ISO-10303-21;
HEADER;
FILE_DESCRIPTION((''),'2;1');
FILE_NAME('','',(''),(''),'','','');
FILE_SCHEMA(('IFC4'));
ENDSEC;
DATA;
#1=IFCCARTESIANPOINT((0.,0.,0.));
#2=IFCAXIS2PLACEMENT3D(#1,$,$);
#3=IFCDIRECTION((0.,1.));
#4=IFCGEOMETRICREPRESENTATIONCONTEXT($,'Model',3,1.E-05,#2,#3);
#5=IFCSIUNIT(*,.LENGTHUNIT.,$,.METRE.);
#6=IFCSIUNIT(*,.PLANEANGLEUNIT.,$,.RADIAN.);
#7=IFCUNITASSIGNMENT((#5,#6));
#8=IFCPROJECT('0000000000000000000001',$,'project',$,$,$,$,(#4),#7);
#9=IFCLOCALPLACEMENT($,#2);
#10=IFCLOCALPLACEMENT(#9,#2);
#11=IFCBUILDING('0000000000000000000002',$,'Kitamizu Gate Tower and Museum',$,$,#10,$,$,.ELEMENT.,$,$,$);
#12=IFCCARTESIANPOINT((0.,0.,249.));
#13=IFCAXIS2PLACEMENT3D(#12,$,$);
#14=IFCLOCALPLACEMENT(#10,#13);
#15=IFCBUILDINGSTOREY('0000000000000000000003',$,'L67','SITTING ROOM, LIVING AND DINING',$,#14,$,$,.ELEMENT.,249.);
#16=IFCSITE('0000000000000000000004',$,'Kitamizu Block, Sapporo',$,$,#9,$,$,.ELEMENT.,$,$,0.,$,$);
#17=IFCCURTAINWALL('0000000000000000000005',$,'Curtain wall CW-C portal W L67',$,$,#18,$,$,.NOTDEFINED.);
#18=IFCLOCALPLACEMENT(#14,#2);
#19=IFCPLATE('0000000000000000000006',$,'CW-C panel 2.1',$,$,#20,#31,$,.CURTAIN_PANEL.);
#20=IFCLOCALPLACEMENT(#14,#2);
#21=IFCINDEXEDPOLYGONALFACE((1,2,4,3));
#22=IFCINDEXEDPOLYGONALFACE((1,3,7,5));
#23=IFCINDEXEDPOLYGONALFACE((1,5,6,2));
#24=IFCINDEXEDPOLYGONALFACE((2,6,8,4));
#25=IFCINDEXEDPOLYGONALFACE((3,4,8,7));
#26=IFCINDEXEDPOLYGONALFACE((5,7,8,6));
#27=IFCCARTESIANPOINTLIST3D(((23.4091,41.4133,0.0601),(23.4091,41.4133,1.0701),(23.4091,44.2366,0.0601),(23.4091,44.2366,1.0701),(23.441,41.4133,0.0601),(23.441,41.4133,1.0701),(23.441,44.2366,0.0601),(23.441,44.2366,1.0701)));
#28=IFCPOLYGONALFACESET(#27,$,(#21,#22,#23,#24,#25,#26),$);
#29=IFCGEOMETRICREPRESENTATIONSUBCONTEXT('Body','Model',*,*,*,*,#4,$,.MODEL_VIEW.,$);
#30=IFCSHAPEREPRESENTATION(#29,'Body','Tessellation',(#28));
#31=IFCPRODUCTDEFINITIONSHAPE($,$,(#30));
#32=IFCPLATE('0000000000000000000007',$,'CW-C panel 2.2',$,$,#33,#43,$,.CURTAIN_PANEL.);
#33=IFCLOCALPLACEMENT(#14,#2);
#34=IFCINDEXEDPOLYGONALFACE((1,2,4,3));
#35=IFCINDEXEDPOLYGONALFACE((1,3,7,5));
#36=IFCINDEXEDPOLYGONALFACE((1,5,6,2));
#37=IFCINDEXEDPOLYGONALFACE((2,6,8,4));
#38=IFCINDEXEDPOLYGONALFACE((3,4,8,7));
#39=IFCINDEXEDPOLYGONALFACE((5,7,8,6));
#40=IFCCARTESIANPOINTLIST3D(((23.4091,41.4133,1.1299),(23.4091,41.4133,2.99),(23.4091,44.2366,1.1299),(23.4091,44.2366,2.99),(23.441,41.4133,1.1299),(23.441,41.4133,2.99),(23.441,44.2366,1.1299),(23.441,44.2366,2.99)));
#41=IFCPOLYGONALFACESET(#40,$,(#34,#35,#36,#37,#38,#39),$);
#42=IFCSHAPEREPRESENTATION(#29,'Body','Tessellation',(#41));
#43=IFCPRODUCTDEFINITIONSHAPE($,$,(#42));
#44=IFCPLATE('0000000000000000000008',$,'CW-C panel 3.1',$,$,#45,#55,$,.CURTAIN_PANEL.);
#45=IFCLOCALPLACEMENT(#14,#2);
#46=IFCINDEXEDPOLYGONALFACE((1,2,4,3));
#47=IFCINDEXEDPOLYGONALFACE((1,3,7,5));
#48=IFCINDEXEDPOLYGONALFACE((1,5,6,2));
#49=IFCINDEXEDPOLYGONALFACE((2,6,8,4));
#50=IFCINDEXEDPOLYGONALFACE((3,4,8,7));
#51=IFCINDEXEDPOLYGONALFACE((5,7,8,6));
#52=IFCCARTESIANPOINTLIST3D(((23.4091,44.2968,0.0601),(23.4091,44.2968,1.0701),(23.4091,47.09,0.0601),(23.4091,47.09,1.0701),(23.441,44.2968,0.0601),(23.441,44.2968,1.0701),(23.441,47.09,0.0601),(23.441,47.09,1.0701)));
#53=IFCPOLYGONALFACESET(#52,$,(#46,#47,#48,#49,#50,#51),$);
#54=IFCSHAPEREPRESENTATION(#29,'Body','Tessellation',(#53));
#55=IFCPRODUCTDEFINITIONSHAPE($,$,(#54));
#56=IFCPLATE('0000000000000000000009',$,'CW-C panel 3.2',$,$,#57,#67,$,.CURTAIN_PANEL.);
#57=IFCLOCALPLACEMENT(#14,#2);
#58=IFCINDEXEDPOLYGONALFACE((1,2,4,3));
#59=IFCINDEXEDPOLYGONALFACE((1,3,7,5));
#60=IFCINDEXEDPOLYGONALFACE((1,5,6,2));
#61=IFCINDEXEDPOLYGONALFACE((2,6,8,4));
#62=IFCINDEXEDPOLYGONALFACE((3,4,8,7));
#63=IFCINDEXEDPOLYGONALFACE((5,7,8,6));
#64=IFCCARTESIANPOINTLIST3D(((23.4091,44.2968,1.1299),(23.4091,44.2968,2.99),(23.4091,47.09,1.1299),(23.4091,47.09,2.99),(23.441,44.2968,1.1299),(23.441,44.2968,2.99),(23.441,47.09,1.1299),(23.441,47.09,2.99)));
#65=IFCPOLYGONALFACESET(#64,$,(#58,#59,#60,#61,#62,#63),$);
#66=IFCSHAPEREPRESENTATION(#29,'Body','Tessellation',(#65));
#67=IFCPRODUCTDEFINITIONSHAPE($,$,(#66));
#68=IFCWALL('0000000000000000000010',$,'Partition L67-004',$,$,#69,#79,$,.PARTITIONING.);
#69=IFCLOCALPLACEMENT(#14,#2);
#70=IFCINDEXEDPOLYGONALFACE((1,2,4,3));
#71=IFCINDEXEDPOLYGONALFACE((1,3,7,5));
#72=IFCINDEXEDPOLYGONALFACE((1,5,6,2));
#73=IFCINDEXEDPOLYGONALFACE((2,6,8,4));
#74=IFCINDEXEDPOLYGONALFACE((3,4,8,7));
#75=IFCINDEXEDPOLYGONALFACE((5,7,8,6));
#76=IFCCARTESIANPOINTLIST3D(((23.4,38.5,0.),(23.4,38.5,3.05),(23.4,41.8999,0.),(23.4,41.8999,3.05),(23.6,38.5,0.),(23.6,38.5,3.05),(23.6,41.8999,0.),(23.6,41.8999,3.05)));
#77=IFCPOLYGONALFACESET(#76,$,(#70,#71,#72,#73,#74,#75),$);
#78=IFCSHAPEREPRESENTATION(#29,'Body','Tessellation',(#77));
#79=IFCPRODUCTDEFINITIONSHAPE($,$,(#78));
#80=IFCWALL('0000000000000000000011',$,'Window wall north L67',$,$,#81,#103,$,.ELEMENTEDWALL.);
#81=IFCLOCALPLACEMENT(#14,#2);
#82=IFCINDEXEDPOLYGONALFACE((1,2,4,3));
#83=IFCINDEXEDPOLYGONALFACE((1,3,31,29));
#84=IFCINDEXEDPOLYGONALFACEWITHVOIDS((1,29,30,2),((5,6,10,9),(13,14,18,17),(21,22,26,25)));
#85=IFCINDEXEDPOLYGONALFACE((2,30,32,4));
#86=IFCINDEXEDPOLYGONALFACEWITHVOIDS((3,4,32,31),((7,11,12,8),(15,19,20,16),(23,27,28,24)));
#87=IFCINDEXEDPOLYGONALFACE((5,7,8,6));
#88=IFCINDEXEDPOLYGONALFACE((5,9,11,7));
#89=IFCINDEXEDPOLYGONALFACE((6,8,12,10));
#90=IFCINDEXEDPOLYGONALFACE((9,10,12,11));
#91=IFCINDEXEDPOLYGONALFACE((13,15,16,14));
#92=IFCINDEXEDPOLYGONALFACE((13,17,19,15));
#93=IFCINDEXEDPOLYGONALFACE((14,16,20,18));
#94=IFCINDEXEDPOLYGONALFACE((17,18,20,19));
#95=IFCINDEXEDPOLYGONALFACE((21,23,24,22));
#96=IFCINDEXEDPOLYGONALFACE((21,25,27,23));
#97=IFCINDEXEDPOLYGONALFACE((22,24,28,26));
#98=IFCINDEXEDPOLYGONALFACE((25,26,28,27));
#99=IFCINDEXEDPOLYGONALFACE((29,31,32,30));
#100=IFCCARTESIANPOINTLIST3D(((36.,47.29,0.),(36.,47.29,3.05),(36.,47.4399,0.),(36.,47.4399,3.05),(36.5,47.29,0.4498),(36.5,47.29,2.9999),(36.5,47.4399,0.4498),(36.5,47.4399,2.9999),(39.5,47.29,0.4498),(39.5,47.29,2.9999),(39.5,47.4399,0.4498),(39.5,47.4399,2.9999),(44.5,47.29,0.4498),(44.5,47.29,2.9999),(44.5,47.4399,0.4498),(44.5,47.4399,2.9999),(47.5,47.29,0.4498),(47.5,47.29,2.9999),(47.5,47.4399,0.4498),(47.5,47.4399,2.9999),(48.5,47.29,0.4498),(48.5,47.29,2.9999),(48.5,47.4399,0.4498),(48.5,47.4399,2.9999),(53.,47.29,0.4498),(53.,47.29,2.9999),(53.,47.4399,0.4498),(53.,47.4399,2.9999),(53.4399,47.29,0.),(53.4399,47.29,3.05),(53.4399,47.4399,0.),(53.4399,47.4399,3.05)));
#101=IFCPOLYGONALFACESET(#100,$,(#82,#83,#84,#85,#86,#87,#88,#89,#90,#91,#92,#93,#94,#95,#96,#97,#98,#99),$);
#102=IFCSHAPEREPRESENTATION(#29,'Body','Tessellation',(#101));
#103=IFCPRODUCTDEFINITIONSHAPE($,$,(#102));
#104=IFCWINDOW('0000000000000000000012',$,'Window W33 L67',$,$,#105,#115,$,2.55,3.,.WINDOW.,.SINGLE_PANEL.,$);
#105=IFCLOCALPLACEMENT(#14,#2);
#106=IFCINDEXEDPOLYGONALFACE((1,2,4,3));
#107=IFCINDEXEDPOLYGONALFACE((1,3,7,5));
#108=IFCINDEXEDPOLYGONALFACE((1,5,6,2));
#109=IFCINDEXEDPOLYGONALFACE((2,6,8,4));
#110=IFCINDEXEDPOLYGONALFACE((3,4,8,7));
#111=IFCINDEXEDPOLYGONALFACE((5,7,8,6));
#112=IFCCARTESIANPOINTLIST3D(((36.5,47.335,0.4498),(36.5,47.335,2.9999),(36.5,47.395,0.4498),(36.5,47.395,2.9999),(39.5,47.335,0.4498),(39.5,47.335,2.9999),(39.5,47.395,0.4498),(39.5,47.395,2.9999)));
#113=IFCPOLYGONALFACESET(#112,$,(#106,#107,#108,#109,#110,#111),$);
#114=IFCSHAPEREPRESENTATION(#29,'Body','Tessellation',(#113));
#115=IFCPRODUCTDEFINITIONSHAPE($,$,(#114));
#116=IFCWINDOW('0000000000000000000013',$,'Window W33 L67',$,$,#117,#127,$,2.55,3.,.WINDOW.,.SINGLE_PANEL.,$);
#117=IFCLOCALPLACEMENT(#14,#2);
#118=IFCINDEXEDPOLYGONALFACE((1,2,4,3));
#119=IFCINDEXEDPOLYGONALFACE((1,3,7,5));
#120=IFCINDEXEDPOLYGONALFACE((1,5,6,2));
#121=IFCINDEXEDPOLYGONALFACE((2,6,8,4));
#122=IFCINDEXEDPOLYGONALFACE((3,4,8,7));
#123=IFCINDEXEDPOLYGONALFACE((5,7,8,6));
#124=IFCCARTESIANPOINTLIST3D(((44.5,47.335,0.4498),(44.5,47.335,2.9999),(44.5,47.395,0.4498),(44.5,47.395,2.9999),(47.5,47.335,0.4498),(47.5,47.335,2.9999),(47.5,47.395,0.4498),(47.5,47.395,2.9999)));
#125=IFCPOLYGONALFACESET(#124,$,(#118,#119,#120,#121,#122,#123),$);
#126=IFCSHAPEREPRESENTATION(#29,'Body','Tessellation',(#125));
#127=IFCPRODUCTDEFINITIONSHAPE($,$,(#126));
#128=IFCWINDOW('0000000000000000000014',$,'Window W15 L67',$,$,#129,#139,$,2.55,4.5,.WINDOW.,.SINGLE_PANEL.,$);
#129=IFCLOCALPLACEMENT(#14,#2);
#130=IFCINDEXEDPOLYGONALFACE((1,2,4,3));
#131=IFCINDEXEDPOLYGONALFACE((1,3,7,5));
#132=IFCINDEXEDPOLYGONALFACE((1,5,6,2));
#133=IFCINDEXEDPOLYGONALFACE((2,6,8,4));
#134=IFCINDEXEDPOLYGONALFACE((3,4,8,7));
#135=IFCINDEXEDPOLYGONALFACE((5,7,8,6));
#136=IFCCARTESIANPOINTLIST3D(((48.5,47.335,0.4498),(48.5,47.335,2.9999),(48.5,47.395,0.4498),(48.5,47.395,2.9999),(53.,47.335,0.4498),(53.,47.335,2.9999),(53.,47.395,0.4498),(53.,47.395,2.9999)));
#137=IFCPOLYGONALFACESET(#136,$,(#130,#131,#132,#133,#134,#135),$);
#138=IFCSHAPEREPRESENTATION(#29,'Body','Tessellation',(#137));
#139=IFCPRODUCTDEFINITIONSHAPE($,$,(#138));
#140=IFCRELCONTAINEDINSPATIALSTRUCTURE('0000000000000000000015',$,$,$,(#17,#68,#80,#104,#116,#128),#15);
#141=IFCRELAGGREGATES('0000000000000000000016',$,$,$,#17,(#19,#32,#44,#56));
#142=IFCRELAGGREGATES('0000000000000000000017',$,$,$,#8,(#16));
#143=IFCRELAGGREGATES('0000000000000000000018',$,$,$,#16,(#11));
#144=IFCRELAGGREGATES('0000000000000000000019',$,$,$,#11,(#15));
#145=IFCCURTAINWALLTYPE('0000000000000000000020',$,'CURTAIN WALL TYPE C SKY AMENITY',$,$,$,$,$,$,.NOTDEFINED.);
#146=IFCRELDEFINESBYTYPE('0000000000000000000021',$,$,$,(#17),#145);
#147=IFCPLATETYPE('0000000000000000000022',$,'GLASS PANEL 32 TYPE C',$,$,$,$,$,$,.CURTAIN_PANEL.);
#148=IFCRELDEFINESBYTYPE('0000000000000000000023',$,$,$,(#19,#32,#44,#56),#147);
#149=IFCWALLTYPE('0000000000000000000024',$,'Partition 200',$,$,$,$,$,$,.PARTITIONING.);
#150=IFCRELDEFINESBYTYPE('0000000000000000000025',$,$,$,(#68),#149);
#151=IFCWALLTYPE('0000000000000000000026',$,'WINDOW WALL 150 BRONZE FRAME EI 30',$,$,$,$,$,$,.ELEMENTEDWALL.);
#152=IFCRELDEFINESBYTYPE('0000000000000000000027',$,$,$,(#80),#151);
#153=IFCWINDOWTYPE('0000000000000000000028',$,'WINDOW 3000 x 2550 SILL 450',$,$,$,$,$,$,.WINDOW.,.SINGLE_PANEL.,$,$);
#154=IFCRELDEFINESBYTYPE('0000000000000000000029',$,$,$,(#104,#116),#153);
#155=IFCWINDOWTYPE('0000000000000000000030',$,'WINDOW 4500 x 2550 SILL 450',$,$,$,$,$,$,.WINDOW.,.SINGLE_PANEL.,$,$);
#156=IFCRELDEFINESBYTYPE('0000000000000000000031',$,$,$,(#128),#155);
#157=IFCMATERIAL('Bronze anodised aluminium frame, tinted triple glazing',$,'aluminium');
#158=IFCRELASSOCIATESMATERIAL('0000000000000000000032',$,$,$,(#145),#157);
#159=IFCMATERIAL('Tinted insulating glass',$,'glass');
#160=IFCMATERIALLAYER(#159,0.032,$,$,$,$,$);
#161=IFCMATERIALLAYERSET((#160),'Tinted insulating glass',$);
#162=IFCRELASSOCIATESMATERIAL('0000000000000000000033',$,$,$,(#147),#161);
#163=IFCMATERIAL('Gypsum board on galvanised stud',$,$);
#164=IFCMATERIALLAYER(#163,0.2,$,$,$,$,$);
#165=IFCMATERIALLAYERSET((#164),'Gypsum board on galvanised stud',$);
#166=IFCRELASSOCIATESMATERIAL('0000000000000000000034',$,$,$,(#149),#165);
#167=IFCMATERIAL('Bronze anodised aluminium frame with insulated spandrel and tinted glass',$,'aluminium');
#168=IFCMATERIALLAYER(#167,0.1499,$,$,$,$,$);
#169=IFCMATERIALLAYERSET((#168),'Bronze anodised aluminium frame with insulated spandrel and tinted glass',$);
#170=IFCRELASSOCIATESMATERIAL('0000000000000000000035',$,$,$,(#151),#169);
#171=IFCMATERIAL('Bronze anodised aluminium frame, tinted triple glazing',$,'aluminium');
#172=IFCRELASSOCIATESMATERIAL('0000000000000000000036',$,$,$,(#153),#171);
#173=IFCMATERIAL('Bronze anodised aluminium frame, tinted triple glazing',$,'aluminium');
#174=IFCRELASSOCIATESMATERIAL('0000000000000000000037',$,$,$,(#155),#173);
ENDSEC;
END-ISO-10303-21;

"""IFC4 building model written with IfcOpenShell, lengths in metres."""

from ifc_helpers import new_model, si_unit, direction, frame, frame_2d, origin, origin_2d, place, context, subcontext, project, spatial, rectangle, extrude, material, layer, layer_set, type_object, element, fill, aggregate, save


model = new_model("IFC4")

# Units and contexts
model_context = context("Model", 3, precision=1e-05, world=origin(), true_north=direction((0.0, 1.0)))
body_context = subcontext(model_context, "Body", "Model", "MODEL_VIEW")
ifc_project = project(units=[si_unit("LENGTHUNIT", "METRE"), si_unit("PLANEANGLEUNIT", "RADIAN")], contexts=[model_context])

# Site, building, storey
site_placement = place(None, origin())
site = spatial("IfcSite", under=ifc_project, at=site_placement, Name="Kitamizu Block, Sapporo", CompositionType="ELEMENT", RefElevation=0.0)
building_placement = place(site_placement, origin())
building = spatial("IfcBuilding", under=site, at=building_placement, Name="Kitamizu Gate Tower and Museum", CompositionType="ELEMENT")
storey_placement = place(building_placement, frame((0.0, 0.0, 249.0)))
storey = spatial("IfcBuildingStorey", under=building, at=storey_placement, Name="L67", Description="SITTING ROOM, LIVING AND DINING", CompositionType="ELEMENT", Elevation=249.0)

# Curtain wall
ifc_material_1 = material(Name="Bronze anodised aluminium frame, tinted triple glazing", Category="aluminium")
curtain_wall_type = type_object("IfcCurtainWallType", Name="CURTAIN WALL TYPE C SKY AMENITY", PredefinedType="NOTDEFINED", material=ifc_material_1)
curtain_wall_placement = place(storey_placement, origin())
curtain_wall = element("IfcCurtainWall", 1, at=curtain_wall_placement, inside=storey, type_object=curtain_wall_type, Name="Curtain wall CW-C portal W L67", PredefinedType="NOTDEFINED")

# Plates
ifc_material_2 = material(Name="Tinted insulating glass", Category="glass")
ifc_layer_1 = layer(ifc_material_2, 0.032)
ifc_layer_set_1 = layer_set([ifc_layer_1], Name="Tinted insulating glass")
plate_type = type_object("IfcPlateType", Name="GLASS PANEL 32 TYPE C", PredefinedType="CURTAIN_PANEL", material=ifc_layer_set_1)
plate_1_placement = place(storey_placement, frame((23.425, 42.825, 0.0601), z_axis=(0.0, 0.0, 1.0), x_axis=(0.0, 1.0, 0.0)))
plate_1 = element("IfcPlate", 2, at=plate_1_placement, type_object=plate_type, Name="CW-C panel 2.1", PredefinedType="CURTAIN_PANEL", context=body_context, shape_type="SweptSolid", body=[
    extrude(rectangle(XDim=2.8232, YDim=0.032, at=origin_2d()), origin(), (0.0, 0.0, 1.0), 1.01),
])
plate_2_placement = place(storey_placement, frame((23.425, 42.825, 1.1299), z_axis=(0.0, 0.0, 1.0), x_axis=(0.0, 1.0, 0.0)))
plate_2 = element("IfcPlate", 3, at=plate_2_placement, type_object=plate_type, Name="CW-C panel 2.2", PredefinedType="CURTAIN_PANEL", context=body_context, shape_type="SweptSolid", body=[
    extrude(rectangle(XDim=2.8232, YDim=0.032, at=origin_2d()), origin(), (0.0, 0.0, 1.0), 1.8601),
])
plate_3_placement = place(storey_placement, frame((23.425, 45.6934, 0.0601), z_axis=(0.0, 0.0, 1.0), x_axis=(0.0, 1.0, 0.0)))
plate_3 = element("IfcPlate", 4, at=plate_3_placement, type_object=plate_type, Name="CW-C panel 3.1", PredefinedType="CURTAIN_PANEL", context=body_context, shape_type="SweptSolid", body=[
    extrude(rectangle(XDim=2.7932, YDim=0.032, at=origin_2d()), origin(), (0.0, 0.0, 1.0), 1.01),
])
plate_4_placement = place(storey_placement, frame((23.425, 45.6934, 1.1299), z_axis=(0.0, 0.0, 1.0), x_axis=(0.0, 1.0, 0.0)))
plate_4 = element("IfcPlate", 5, at=plate_4_placement, type_object=plate_type, Name="CW-C panel 3.2", PredefinedType="CURTAIN_PANEL", context=body_context, shape_type="SweptSolid", body=[
    extrude(rectangle(XDim=2.7932, YDim=0.032, at=origin_2d()), origin(), (0.0, 0.0, 1.0), 1.8601),
])
aggregate(curtain_wall, [plate_1, plate_2, plate_3, plate_4])

# Wall
ifc_material_3 = material(Name="Gypsum board on galvanised stud")
ifc_layer_2 = layer(ifc_material_3, 0.2)
ifc_layer_set_2 = layer_set([ifc_layer_2], Name="Gypsum board on galvanised stud")
wall_type_1 = type_object("IfcWallType", Name="Partition 200", PredefinedType="PARTITIONING", material=ifc_layer_set_2)
wall_1_placement = place(storey_placement, frame((23.5, 41.8999, 0.0), z_axis=(0.0, 0.0, 1.0), x_axis=(0.0, -1.0, 0.0)))
element("IfcWall", 6, at=wall_1_placement, inside=storey, type_object=wall_type_1, Name="Partition L67-004", PredefinedType="PARTITIONING", context=body_context, shape_type="SweptSolid", body=[
    extrude(rectangle(XDim=3.3999, YDim=0.2, at=frame_2d((1.7, 0.0))), origin(), (0.0, 0.0, 1.0), 3.05),
])

# Wall, openings, windows
ifc_material_4 = material(Name="Bronze anodised aluminium frame with insulated spandrel and tinted glass", Category="aluminium")
ifc_layer_3 = layer(ifc_material_4, 0.1499)
ifc_layer_set_3 = layer_set([ifc_layer_3], Name="Bronze anodised aluminium frame with insulated spandrel and tinted glass")
wall_type_2 = type_object("IfcWallType", Name="WINDOW WALL 150 BRONZE FRAME EI 30", PredefinedType="ELEMENTEDWALL", material=ifc_layer_set_3)
wall_2_placement = place(storey_placement, frame((36.0, 47.365, 0.0), z_axis=(0.0, 0.0, 1.0), x_axis=(1.0, 0.0, 0.0)))
wall_2 = element("IfcWall", 7, at=wall_2_placement, inside=storey, type_object=wall_type_2, Name="Window wall north L67", PredefinedType="ELEMENTEDWALL", context=body_context, shape_type="SweptSolid", body=[
    extrude(rectangle(XDim=17.4399, YDim=0.1499, at=frame_2d((8.72, 0.0))), origin(), (0.0, 0.0, 1.0), 3.05),
])
opening_1_placement = place(wall_2_placement, frame((0.5, 0.0, 0.45)))
opening_1 = element("IfcOpeningElement", 8, at=opening_1_placement, cuts=wall_2, PredefinedType="OPENING", context=body_context, shape_type="SweptSolid", body=[
    extrude(rectangle(XDim=3.0, YDim=2.55, at=frame_2d((1.5, 1.2749))), frame((0.0, 0.085, 0.0), z_axis=(0.0, -1.0, 0.0), x_axis=(1.0, 0.0, 0.0)), (0.0, 0.0, 1.0), 0.1699),
])
opening_2_placement = place(wall_2_placement, frame((8.5, 0.0, 0.45)))
opening_2 = element("IfcOpeningElement", 9, at=opening_2_placement, cuts=wall_2, PredefinedType="OPENING", context=body_context, shape_type="SweptSolid", body=[
    extrude(rectangle(XDim=3.0, YDim=2.55, at=frame_2d((1.5, 1.2749))), frame((0.0, 0.085, 0.0), z_axis=(0.0, -1.0, 0.0), x_axis=(1.0, 0.0, 0.0)), (0.0, 0.0, 1.0), 0.1699),
])
opening_3_placement = place(wall_2_placement, frame((12.5, 0.0, 0.45)))
opening_3 = element("IfcOpeningElement", 10, at=opening_3_placement, cuts=wall_2, PredefinedType="OPENING", context=body_context, shape_type="SweptSolid", body=[
    extrude(rectangle(XDim=4.5, YDim=2.55, at=frame_2d((2.25, 1.2749))), frame((0.0, 0.085, 0.0), z_axis=(0.0, -1.0, 0.0), x_axis=(1.0, 0.0, 0.0)), (0.0, 0.0, 1.0), 0.1699),
])
ifc_material_5 = material(Name="Bronze anodised aluminium frame, tinted triple glazing", Category="aluminium")
window_type_1 = type_object("IfcWindowType", Name="WINDOW 3000 x 2550 SILL 450", PartitioningType="SINGLE_PANEL", PredefinedType="WINDOW", material=ifc_material_5)
window_1_placement = place(opening_1_placement, origin())
window_1 = element("IfcWindow", 11, at=window_1_placement, inside=storey, type_object=window_type_1, Name="Window W33 L67", OverallHeight=2.55, OverallWidth=3.0, PartitioningType="SINGLE_PANEL", PredefinedType="WINDOW", context=body_context, shape_type="SweptSolid", body=[
    extrude(rectangle(XDim=3.0, YDim=2.55, at=frame_2d((1.5, 1.2749))), frame((0.0, 0.03, 0.0), z_axis=(0.0, -1.0, 0.0), x_axis=(1.0, 0.0, 0.0)), (0.0, 0.0, 1.0), 0.0601),
])
fill(opening_1, window_1)
window_2_placement = place(opening_2_placement, origin())
window_2 = element("IfcWindow", 12, at=window_2_placement, inside=storey, type_object=window_type_1, Name="Window W33 L67", OverallHeight=2.55, OverallWidth=3.0, PartitioningType="SINGLE_PANEL", PredefinedType="WINDOW", context=body_context, shape_type="SweptSolid", body=[
    extrude(rectangle(XDim=3.0, YDim=2.55, at=frame_2d((1.5, 1.2749))), frame((0.0, 0.03, 0.0), z_axis=(0.0, -1.0, 0.0), x_axis=(1.0, 0.0, 0.0)), (0.0, 0.0, 1.0), 0.0601),
])
fill(opening_2, window_2)
ifc_material_6 = material(Name="Bronze anodised aluminium frame, tinted triple glazing", Category="aluminium")
window_type_2 = type_object("IfcWindowType", Name="WINDOW 4500 x 2550 SILL 450", PartitioningType="SINGLE_PANEL", PredefinedType="WINDOW", material=ifc_material_6)
window_3_placement = place(opening_3_placement, origin())
window_3 = element("IfcWindow", 13, at=window_3_placement, inside=storey, type_object=window_type_2, Name="Window W15 L67", OverallHeight=2.55, OverallWidth=4.5, PartitioningType="SINGLE_PANEL", PredefinedType="WINDOW", context=body_context, shape_type="SweptSolid", body=[
    extrude(rectangle(XDim=4.5, YDim=2.55, at=frame_2d((2.25, 1.2749))), frame((0.0, 0.03, 0.0), z_axis=(0.0, -1.0, 0.0), x_axis=(1.0, 0.0, 0.0)), (0.0, 0.0, 1.0), 0.0601),
])
fill(opening_3, window_3)

save(model, "model.ifc")
